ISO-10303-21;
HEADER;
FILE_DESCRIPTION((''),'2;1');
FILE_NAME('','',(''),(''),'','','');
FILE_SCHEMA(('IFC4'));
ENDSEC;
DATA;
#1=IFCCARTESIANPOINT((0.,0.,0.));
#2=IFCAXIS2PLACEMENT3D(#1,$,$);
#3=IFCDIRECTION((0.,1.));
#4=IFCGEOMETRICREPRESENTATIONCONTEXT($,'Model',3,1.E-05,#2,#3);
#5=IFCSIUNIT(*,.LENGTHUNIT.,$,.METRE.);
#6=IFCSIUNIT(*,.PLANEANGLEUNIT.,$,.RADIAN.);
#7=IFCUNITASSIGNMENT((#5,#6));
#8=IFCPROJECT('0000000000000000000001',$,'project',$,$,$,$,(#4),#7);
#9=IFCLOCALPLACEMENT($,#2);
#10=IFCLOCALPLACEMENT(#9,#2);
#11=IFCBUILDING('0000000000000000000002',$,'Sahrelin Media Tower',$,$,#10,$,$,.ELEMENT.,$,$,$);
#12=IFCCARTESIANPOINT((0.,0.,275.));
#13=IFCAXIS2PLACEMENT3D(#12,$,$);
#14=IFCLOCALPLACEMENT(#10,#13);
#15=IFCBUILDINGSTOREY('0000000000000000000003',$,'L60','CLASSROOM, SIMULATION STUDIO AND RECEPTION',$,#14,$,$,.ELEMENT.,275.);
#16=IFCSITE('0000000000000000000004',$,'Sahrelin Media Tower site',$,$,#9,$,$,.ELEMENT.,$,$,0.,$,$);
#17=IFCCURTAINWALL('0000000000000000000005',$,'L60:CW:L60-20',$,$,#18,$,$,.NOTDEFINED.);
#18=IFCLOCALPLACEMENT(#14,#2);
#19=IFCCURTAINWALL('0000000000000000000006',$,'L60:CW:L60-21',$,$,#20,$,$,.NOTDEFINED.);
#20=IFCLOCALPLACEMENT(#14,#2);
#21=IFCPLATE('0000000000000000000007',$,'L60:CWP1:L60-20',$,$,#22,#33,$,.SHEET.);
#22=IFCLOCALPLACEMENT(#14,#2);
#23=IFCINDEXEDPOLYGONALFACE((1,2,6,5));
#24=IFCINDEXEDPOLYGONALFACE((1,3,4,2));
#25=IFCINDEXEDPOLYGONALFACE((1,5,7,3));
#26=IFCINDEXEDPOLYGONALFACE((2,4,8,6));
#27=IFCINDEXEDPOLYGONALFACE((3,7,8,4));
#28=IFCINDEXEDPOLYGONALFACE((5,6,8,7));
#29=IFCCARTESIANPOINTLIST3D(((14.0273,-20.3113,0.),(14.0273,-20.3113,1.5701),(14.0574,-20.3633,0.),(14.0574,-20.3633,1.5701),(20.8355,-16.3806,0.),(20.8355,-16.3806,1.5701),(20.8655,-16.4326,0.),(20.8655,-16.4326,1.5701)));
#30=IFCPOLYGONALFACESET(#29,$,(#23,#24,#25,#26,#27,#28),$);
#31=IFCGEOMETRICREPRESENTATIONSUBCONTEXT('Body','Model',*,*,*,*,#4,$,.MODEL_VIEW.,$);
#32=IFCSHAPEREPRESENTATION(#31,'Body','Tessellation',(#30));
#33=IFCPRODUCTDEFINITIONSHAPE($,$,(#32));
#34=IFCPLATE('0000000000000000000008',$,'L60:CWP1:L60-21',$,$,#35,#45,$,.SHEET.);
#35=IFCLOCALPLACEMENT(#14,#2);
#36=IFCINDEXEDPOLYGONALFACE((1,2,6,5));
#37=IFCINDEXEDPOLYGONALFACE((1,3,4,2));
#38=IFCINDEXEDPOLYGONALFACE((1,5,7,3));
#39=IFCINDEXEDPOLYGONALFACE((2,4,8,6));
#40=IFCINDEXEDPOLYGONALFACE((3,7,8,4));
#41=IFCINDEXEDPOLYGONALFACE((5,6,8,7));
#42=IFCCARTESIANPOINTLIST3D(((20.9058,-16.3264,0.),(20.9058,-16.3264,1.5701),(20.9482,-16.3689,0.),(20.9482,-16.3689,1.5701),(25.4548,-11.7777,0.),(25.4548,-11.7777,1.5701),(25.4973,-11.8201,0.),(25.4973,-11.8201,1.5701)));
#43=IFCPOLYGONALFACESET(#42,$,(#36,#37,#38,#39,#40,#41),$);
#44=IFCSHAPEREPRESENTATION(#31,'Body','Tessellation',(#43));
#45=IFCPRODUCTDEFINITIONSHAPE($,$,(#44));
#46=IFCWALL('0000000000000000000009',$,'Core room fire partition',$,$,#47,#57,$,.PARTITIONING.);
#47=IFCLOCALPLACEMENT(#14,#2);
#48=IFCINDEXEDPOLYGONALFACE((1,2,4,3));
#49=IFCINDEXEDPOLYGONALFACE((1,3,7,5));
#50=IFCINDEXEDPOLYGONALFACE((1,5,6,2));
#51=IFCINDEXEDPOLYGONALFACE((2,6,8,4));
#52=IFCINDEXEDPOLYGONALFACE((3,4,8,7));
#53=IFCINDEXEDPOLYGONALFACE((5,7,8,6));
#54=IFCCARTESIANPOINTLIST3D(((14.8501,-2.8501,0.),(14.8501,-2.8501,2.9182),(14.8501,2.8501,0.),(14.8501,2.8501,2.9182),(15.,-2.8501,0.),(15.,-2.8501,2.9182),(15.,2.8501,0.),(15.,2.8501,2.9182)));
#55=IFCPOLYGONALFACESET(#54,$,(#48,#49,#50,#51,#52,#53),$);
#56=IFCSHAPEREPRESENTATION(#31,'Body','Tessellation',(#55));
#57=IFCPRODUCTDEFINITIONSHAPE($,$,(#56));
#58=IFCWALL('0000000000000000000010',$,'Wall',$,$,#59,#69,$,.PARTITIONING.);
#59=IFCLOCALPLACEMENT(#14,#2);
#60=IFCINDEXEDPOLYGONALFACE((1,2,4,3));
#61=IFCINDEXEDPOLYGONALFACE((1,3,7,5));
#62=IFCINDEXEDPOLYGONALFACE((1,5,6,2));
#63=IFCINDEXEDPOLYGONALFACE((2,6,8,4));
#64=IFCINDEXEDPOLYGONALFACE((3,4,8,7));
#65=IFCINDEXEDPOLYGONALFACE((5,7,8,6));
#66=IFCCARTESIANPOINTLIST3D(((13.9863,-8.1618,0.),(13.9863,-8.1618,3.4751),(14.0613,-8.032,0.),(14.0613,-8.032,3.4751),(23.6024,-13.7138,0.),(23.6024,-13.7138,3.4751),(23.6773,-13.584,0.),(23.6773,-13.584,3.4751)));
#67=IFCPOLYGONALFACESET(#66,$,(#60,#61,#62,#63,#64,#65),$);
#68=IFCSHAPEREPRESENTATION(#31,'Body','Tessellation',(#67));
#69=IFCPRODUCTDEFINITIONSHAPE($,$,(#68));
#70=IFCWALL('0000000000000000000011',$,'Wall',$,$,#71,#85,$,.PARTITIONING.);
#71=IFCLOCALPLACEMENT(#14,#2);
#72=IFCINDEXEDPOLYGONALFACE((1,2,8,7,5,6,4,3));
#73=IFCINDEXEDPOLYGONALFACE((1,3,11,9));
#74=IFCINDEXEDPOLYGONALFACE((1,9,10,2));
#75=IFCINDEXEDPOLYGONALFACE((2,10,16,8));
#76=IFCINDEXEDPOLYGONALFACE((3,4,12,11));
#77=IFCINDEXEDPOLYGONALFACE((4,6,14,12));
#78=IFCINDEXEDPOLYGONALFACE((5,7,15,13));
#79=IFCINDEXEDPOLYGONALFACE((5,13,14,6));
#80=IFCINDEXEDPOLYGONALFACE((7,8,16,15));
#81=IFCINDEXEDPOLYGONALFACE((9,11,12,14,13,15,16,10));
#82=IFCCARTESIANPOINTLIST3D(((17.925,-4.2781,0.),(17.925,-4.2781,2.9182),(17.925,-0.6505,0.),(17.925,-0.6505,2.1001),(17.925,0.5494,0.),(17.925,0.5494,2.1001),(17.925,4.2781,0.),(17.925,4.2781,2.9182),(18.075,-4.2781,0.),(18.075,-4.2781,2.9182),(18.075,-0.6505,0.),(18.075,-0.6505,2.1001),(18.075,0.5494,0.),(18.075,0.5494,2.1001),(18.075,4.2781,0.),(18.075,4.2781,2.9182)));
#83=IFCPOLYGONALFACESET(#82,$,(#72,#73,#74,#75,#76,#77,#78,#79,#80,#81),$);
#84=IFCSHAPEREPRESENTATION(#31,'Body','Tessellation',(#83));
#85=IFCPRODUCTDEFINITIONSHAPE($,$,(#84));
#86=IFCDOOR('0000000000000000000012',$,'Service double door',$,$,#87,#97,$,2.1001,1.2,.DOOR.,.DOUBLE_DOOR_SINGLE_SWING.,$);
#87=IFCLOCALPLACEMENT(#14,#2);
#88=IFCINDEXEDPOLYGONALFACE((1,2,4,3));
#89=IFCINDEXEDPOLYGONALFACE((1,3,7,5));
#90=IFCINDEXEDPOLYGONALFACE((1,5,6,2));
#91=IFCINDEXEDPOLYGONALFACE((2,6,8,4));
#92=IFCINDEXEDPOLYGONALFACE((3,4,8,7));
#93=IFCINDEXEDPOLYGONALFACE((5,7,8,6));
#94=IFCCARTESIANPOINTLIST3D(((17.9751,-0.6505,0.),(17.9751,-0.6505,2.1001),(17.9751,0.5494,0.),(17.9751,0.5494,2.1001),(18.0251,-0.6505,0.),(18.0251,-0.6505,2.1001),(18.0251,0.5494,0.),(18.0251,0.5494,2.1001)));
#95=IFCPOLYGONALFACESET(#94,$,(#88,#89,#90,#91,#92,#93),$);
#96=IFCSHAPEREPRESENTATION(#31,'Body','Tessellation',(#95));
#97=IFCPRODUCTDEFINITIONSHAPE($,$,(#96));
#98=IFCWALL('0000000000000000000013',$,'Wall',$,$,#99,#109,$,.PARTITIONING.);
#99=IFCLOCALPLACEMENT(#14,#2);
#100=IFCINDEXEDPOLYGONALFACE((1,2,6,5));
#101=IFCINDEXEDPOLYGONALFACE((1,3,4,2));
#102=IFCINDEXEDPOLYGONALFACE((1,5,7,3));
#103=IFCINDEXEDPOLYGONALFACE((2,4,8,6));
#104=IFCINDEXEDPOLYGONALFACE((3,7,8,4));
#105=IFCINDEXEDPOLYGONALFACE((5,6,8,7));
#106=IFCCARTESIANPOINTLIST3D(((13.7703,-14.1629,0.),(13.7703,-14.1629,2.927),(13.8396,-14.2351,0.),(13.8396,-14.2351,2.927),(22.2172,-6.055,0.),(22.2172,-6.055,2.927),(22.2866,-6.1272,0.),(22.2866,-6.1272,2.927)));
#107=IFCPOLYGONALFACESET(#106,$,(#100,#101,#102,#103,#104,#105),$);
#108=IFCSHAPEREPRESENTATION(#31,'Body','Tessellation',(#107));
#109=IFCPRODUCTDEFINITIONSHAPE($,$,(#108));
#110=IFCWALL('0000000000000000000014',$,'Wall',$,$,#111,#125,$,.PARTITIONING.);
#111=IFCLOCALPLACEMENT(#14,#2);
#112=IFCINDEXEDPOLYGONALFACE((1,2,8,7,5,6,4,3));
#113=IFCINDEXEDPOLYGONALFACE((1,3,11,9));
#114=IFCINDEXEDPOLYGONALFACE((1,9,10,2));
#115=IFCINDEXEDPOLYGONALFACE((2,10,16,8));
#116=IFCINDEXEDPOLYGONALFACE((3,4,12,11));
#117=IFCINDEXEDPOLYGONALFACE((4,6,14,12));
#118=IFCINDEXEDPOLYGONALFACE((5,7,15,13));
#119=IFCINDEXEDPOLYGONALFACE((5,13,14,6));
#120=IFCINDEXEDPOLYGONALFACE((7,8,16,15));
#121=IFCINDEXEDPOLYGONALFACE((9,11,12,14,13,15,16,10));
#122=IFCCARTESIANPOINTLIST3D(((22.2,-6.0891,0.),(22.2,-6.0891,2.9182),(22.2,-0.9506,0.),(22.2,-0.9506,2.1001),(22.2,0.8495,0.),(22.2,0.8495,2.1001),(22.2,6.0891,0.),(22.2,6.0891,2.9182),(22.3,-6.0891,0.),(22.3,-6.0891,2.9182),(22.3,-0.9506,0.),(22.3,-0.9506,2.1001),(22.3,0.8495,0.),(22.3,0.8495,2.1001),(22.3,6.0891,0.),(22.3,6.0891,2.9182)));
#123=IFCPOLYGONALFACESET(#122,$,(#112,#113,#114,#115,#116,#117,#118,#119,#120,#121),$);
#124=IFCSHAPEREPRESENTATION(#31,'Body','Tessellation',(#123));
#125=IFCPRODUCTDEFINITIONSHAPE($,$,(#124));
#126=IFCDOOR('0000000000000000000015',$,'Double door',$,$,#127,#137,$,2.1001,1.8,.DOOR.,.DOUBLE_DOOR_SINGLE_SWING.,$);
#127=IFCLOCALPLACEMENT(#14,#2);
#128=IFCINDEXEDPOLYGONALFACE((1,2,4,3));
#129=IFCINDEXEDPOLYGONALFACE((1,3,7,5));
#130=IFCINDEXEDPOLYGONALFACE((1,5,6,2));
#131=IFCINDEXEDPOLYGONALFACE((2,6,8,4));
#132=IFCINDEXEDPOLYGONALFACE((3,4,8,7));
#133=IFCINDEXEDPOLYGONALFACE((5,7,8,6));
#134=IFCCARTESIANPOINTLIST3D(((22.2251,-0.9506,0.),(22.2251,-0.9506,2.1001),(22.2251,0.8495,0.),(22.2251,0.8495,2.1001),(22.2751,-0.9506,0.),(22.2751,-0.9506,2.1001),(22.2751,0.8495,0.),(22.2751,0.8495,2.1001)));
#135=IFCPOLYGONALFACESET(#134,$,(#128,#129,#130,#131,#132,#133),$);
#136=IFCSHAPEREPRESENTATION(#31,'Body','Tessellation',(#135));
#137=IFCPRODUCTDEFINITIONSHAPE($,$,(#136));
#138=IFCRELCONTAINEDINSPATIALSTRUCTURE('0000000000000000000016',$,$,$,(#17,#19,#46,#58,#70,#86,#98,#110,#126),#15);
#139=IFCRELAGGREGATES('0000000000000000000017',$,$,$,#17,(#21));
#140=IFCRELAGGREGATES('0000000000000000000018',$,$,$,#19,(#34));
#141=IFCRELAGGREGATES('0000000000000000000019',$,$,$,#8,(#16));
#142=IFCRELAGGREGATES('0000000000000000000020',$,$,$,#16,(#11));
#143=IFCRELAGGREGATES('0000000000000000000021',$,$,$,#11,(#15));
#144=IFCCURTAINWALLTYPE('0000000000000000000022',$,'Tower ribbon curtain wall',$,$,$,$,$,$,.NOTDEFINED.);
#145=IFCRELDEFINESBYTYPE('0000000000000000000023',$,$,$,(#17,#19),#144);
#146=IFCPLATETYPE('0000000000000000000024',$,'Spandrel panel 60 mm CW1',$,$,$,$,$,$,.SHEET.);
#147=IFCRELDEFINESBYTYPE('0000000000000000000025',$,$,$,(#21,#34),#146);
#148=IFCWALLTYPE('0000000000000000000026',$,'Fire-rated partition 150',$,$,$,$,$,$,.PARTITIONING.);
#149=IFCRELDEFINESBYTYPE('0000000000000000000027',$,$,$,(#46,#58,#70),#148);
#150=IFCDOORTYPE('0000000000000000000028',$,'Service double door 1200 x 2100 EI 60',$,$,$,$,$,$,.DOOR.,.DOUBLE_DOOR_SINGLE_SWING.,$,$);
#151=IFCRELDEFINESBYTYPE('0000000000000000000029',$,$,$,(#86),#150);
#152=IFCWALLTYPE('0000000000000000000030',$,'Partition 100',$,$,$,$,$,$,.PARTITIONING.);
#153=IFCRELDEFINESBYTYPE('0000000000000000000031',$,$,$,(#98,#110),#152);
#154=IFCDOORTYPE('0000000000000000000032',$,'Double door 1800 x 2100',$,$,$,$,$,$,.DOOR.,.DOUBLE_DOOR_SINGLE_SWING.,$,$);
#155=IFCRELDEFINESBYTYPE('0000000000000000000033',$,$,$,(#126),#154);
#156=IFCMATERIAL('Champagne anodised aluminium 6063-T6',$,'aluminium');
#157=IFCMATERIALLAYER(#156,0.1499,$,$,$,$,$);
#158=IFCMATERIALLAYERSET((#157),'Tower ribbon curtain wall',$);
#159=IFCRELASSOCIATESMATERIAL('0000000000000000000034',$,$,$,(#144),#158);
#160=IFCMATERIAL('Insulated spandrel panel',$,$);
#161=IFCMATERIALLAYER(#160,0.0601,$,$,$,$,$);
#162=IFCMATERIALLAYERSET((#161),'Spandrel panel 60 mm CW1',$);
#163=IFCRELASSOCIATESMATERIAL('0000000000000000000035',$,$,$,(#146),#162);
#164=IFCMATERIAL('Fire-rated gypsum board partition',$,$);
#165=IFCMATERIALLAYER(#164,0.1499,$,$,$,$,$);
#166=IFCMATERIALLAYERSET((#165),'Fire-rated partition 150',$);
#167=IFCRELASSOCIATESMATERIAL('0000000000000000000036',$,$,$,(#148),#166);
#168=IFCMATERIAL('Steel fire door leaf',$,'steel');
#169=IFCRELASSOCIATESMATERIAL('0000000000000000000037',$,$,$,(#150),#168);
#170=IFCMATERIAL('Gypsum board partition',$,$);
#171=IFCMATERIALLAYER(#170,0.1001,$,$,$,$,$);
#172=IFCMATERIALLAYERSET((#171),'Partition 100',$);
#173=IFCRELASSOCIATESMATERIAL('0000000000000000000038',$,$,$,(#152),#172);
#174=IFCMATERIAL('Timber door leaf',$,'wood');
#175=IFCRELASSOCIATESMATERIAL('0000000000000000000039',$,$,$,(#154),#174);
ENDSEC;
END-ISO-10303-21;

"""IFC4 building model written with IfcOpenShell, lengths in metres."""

from ifc_helpers import new_model, si_unit, direction, frame, frame_2d, origin, place, context, subcontext, project, spatial, polyline, rectangle, outline, extrude, material, layer, layer_set, type_object, element, fill, aggregate, save


model = new_model("IFC4")

# Units and contexts
model_context = context("Model", 3, precision=1e-05, world=origin(), true_north=direction((0.0, 1.0)))
body_context = subcontext(model_context, "Body", "Model", "MODEL_VIEW")
ifc_project = project(units=[si_unit("LENGTHUNIT", "METRE"), si_unit("PLANEANGLEUNIT", "RADIAN")], contexts=[model_context])

# Site, building, storey
site_placement = place(None, origin())
site = spatial("IfcSite", under=ifc_project, at=site_placement, Name="Sahrelin Media Tower site", CompositionType="ELEMENT", RefElevation=0.0)
building_placement = place(site_placement, origin())
building = spatial("IfcBuilding", under=site, at=building_placement, Name="Sahrelin Media Tower", CompositionType="ELEMENT")
storey_placement = place(building_placement, frame((0.0, 0.0, 275.0)))
storey = spatial("IfcBuildingStorey", under=building, at=storey_placement, Name="L60", Description="CLASSROOM, SIMULATION STUDIO AND RECEPTION", CompositionType="ELEMENT", Elevation=275.0)

# Curtain walls
ifc_material_1 = material(Name="Champagne anodised aluminium 6063-T6", Category="aluminium")
ifc_layer_1 = layer(ifc_material_1, 0.1499)
ifc_layer_set_1 = layer_set([ifc_layer_1], Name="Tower ribbon curtain wall")
curtain_wall_type = type_object("IfcCurtainWallType", Name="Tower ribbon curtain wall", PredefinedType="NOTDEFINED", material=ifc_layer_set_1)
curtain_wall_1_placement = place(storey_placement, frame((17.4514, -18.3806, 0.0), z_axis=(0.0, 0.0, 1.0), x_axis=(1.0, 0.0, 0.0)))
curtain_wall_1 = element("IfcCurtainWall", 1, at=curtain_wall_1_placement, inside=storey, type_object=curtain_wall_type, Name="L60:CW:L60-20", PredefinedType="NOTDEFINED")
curtain_wall_2_placement = place(storey_placement, frame((23.2087, -14.0803, 0.0), z_axis=(0.0, 0.0, 1.0), x_axis=(1.0, 0.0, 0.0)))
curtain_wall_2 = element("IfcCurtainWall", 2, at=curtain_wall_2_placement, inside=storey, type_object=curtain_wall_type, Name="L60:CW:L60-21", PredefinedType="NOTDEFINED")

# Plates
ifc_material_2 = material(Name="Insulated spandrel panel")
ifc_layer_2 = layer(ifc_material_2, 0.0601)
ifc_layer_set_2 = layer_set([ifc_layer_2], Name="Spandrel panel 60 mm CW1")
plate_type_1 = type_object("IfcPlateType", Name="Spandrel panel 60 mm CW1", PredefinedType="SHEET", material=ifc_layer_set_2)
plate_1_placement = place(storey_placement, frame((14.0574, -20.3633, 0.0), z_axis=(0.5, -0.866025, 0.0), x_axis=(0.866025, 0.5, 0.0)))
plate_1 = element("IfcPlate", 3, at=plate_1_placement, type_object=plate_type_1, Name="L60:CWP1:L60-20", PredefinedType="SHEET", context=body_context, shape_type="SweptSolid", body=[
    extrude(outline(polyline([(0.0, 0.0), (7.8613, 0.0), (7.8613, 1.5701), (0.0, 1.5701), (0.0, 0.0)])), origin(), (0.0, 0.0, -1.0), 0.0601),
])
aggregate(curtain_wall_1, [plate_1])
plate_2_placement = place(storey_placement, frame((20.9482, -16.3689, 0.0), z_axis=(0.707088, -0.707126, 0.0), x_axis=(0.707126, 0.707088, 0.0)))
plate_2 = element("IfcPlate", 4, at=plate_2_placement, type_object=plate_type_1, Name="L60:CWP1:L60-21", PredefinedType="SHEET", context=body_context, shape_type="SweptSolid", body=[
    extrude(outline(polyline([(0.0, 0.0), (6.4331, 0.0), (6.4331, 1.5701), (0.0, 1.5701), (0.0, 0.0)])), origin(), (0.0, 0.0, -1.0), 0.0601),
])
aggregate(curtain_wall_2, [plate_2])

# Walls
ifc_material_3 = material(Name="Fire-rated gypsum board partition")
ifc_layer_3 = layer(ifc_material_3, 0.1499)
ifc_layer_set_3 = layer_set([ifc_layer_3], Name="Fire-rated partition 150")
wall_type_1 = type_object("IfcWallType", Name="Fire-rated partition 150", PredefinedType="PARTITIONING", material=ifc_layer_set_3)
wall_1_placement = place(storey_placement, frame((14.925, -2.8501, 0.0), z_axis=(0.0, 0.0, 1.0), x_axis=(0.0, 1.0, 0.0)))
element("IfcWall", 5, at=wall_1_placement, inside=storey, type_object=wall_type_1, Name="Core room fire partition", PredefinedType="PARTITIONING", context=body_context, shape_type="SweptSolid", body=[
    extrude(rectangle(XDim=5.7002, YDim=0.1499, at=frame_2d((2.8501, 0.0))), origin(), (0.0, 0.0, 1.0), 2.9182),
])
wall_2_placement = place(storey_placement, frame((14.0239, -8.0969, 0.0), z_axis=(0.0, 0.0, 1.0), x_axis=(0.866017, -0.500015, 0.0)))
element("IfcWall", 6, at=wall_2_placement, inside=storey, type_object=wall_type_1, Name="Wall", PredefinedType="PARTITIONING", context=body_context, shape_type="SweptSolid", body=[
    extrude(rectangle(XDim=11.1038, YDim=0.1499, at=frame_2d((5.5518, 0.0))), origin(), (0.0, 0.0, 1.0), 3.4751),
])

# Wall, opening, door
wall_3_placement = place(storey_placement, frame((18.0, -4.2781, 0.0), z_axis=(0.0, 0.0, 1.0), x_axis=(0.0, 1.0, 0.0)))
wall_3 = element("IfcWall", 7, at=wall_3_placement, inside=storey, type_object=wall_type_1, Name="Wall", PredefinedType="PARTITIONING", context=body_context, shape_type="SweptSolid", body=[
    extrude(rectangle(XDim=8.5562, YDim=0.1499, at=frame_2d((4.2781, 0.0))), origin(), (0.0, 0.0, 1.0), 2.9182),
])
opening_1_placement = place(wall_3_placement, frame((3.6274, 0.0, 0.0)))
opening_1 = element("IfcOpeningElement", 8, at=opening_1_placement, cuts=wall_3, PredefinedType="OPENING", context=body_context, shape_type="SweptSolid", body=[
    extrude(rectangle(XDim=1.2, YDim=2.1001, at=frame_2d((0.6001, 1.05))), frame((0.0, 0.075, 0.0), z_axis=(0.0, -1.0, 0.0), x_axis=(1.0, 0.0, 0.0)), (0.0, 0.0, 1.0), 0.1499),
])
ifc_material_4 = material(Name="Steel fire door leaf", Category="steel")
door_type_1 = type_object("IfcDoorType", Name="Service double door 1200 x 2100 EI 60", OperationType="DOUBLE_DOOR_SINGLE_SWING", PredefinedType="DOOR", material=ifc_material_4)
door_1_placement = place(opening_1_placement, origin())
door_1 = element("IfcDoor", 9, at=door_1_placement, inside=storey, type_object=door_type_1, Name="Service double door", OperationType="DOUBLE_DOOR_SINGLE_SWING", OverallHeight=2.1001, OverallWidth=1.2, PredefinedType="DOOR", context=body_context, shape_type="SweptSolid", body=[
    extrude(rectangle(XDim=1.2, YDim=2.1001, at=frame_2d((0.6001, 1.05))), frame((0.0, 0.0249, 0.0), z_axis=(0.0, -1.0, 0.0), x_axis=(1.0, 0.0, 0.0)), (0.0, 0.0, 1.0), 0.05),
])
fill(opening_1, door_1)

# Wall
ifc_material_5 = material(Name="Gypsum board partition")
ifc_layer_4 = layer(ifc_material_5, 0.1001)
ifc_layer_set_4 = layer_set([ifc_layer_4], Name="Partition 100")
wall_type_2 = type_object("IfcWallType", Name="Partition 100", PredefinedType="PARTITIONING", material=ifc_layer_set_4)
wall_4_placement = place(storey_placement, frame((13.8049, -14.199, 0.0), z_axis=(0.0, 0.0, 1.0), x_axis=(0.72144, 0.692477, 0.0)))
element("IfcWall", 10, at=wall_4_placement, inside=storey, type_object=wall_type_2, Name="Wall", PredefinedType="PARTITIONING", context=body_context, shape_type="SweptSolid", body=[
    extrude(rectangle(XDim=11.7085, YDim=0.1001, at=frame_2d((5.8542, 0.0))), origin(), (0.0, 0.0, 1.0), 2.927),
])

# Wall, opening, door
wall_5_placement = place(storey_placement, frame((22.25, -6.0891, 0.0), z_axis=(0.0, 0.0, 1.0), x_axis=(0.0, 1.0, 0.0)))
wall_5 = element("IfcWall", 11, at=wall_5_placement, inside=storey, type_object=wall_type_2, Name="Wall", PredefinedType="PARTITIONING", context=body_context, shape_type="SweptSolid", body=[
    extrude(rectangle(XDim=12.1782, YDim=0.1001, at=frame_2d((6.0891, 0.0))), origin(), (0.0, 0.0, 1.0), 2.9182),
])
opening_2_placement = place(wall_5_placement, frame((5.1387, 0.0, 0.0)))
opening_2 = element("IfcOpeningElement", 12, at=opening_2_placement, cuts=wall_5, PredefinedType="OPENING", context=body_context, shape_type="SweptSolid", body=[
    extrude(rectangle(XDim=1.8, YDim=2.1001, at=frame_2d((0.8999, 1.05))), frame((0.0, 0.05, 0.0), z_axis=(0.0, -1.0, 0.0), x_axis=(1.0, 0.0, 0.0)), (0.0, 0.0, 1.0), 0.1001),
])
ifc_material_6 = material(Name="Timber door leaf", Category="wood")
door_type_2 = type_object("IfcDoorType", Name="Double door 1800 x 2100", OperationType="DOUBLE_DOOR_SINGLE_SWING", PredefinedType="DOOR", material=ifc_material_6)
door_2_placement = place(opening_2_placement, origin())
door_2 = element("IfcDoor", 13, at=door_2_placement, inside=storey, type_object=door_type_2, Name="Double door", OperationType="DOUBLE_DOOR_SINGLE_SWING", OverallHeight=2.1001, OverallWidth=1.8, PredefinedType="DOOR", context=body_context, shape_type="SweptSolid", body=[
    extrude(rectangle(XDim=1.8, YDim=2.1001, at=frame_2d((0.8999, 1.05))), frame((0.0, 0.0249, 0.0), z_axis=(0.0, -1.0, 0.0), x_axis=(1.0, 0.0, 0.0)), (0.0, 0.0, 1.0), 0.05),
])
fill(opening_2, door_2)

save(model, "model.ifc")
